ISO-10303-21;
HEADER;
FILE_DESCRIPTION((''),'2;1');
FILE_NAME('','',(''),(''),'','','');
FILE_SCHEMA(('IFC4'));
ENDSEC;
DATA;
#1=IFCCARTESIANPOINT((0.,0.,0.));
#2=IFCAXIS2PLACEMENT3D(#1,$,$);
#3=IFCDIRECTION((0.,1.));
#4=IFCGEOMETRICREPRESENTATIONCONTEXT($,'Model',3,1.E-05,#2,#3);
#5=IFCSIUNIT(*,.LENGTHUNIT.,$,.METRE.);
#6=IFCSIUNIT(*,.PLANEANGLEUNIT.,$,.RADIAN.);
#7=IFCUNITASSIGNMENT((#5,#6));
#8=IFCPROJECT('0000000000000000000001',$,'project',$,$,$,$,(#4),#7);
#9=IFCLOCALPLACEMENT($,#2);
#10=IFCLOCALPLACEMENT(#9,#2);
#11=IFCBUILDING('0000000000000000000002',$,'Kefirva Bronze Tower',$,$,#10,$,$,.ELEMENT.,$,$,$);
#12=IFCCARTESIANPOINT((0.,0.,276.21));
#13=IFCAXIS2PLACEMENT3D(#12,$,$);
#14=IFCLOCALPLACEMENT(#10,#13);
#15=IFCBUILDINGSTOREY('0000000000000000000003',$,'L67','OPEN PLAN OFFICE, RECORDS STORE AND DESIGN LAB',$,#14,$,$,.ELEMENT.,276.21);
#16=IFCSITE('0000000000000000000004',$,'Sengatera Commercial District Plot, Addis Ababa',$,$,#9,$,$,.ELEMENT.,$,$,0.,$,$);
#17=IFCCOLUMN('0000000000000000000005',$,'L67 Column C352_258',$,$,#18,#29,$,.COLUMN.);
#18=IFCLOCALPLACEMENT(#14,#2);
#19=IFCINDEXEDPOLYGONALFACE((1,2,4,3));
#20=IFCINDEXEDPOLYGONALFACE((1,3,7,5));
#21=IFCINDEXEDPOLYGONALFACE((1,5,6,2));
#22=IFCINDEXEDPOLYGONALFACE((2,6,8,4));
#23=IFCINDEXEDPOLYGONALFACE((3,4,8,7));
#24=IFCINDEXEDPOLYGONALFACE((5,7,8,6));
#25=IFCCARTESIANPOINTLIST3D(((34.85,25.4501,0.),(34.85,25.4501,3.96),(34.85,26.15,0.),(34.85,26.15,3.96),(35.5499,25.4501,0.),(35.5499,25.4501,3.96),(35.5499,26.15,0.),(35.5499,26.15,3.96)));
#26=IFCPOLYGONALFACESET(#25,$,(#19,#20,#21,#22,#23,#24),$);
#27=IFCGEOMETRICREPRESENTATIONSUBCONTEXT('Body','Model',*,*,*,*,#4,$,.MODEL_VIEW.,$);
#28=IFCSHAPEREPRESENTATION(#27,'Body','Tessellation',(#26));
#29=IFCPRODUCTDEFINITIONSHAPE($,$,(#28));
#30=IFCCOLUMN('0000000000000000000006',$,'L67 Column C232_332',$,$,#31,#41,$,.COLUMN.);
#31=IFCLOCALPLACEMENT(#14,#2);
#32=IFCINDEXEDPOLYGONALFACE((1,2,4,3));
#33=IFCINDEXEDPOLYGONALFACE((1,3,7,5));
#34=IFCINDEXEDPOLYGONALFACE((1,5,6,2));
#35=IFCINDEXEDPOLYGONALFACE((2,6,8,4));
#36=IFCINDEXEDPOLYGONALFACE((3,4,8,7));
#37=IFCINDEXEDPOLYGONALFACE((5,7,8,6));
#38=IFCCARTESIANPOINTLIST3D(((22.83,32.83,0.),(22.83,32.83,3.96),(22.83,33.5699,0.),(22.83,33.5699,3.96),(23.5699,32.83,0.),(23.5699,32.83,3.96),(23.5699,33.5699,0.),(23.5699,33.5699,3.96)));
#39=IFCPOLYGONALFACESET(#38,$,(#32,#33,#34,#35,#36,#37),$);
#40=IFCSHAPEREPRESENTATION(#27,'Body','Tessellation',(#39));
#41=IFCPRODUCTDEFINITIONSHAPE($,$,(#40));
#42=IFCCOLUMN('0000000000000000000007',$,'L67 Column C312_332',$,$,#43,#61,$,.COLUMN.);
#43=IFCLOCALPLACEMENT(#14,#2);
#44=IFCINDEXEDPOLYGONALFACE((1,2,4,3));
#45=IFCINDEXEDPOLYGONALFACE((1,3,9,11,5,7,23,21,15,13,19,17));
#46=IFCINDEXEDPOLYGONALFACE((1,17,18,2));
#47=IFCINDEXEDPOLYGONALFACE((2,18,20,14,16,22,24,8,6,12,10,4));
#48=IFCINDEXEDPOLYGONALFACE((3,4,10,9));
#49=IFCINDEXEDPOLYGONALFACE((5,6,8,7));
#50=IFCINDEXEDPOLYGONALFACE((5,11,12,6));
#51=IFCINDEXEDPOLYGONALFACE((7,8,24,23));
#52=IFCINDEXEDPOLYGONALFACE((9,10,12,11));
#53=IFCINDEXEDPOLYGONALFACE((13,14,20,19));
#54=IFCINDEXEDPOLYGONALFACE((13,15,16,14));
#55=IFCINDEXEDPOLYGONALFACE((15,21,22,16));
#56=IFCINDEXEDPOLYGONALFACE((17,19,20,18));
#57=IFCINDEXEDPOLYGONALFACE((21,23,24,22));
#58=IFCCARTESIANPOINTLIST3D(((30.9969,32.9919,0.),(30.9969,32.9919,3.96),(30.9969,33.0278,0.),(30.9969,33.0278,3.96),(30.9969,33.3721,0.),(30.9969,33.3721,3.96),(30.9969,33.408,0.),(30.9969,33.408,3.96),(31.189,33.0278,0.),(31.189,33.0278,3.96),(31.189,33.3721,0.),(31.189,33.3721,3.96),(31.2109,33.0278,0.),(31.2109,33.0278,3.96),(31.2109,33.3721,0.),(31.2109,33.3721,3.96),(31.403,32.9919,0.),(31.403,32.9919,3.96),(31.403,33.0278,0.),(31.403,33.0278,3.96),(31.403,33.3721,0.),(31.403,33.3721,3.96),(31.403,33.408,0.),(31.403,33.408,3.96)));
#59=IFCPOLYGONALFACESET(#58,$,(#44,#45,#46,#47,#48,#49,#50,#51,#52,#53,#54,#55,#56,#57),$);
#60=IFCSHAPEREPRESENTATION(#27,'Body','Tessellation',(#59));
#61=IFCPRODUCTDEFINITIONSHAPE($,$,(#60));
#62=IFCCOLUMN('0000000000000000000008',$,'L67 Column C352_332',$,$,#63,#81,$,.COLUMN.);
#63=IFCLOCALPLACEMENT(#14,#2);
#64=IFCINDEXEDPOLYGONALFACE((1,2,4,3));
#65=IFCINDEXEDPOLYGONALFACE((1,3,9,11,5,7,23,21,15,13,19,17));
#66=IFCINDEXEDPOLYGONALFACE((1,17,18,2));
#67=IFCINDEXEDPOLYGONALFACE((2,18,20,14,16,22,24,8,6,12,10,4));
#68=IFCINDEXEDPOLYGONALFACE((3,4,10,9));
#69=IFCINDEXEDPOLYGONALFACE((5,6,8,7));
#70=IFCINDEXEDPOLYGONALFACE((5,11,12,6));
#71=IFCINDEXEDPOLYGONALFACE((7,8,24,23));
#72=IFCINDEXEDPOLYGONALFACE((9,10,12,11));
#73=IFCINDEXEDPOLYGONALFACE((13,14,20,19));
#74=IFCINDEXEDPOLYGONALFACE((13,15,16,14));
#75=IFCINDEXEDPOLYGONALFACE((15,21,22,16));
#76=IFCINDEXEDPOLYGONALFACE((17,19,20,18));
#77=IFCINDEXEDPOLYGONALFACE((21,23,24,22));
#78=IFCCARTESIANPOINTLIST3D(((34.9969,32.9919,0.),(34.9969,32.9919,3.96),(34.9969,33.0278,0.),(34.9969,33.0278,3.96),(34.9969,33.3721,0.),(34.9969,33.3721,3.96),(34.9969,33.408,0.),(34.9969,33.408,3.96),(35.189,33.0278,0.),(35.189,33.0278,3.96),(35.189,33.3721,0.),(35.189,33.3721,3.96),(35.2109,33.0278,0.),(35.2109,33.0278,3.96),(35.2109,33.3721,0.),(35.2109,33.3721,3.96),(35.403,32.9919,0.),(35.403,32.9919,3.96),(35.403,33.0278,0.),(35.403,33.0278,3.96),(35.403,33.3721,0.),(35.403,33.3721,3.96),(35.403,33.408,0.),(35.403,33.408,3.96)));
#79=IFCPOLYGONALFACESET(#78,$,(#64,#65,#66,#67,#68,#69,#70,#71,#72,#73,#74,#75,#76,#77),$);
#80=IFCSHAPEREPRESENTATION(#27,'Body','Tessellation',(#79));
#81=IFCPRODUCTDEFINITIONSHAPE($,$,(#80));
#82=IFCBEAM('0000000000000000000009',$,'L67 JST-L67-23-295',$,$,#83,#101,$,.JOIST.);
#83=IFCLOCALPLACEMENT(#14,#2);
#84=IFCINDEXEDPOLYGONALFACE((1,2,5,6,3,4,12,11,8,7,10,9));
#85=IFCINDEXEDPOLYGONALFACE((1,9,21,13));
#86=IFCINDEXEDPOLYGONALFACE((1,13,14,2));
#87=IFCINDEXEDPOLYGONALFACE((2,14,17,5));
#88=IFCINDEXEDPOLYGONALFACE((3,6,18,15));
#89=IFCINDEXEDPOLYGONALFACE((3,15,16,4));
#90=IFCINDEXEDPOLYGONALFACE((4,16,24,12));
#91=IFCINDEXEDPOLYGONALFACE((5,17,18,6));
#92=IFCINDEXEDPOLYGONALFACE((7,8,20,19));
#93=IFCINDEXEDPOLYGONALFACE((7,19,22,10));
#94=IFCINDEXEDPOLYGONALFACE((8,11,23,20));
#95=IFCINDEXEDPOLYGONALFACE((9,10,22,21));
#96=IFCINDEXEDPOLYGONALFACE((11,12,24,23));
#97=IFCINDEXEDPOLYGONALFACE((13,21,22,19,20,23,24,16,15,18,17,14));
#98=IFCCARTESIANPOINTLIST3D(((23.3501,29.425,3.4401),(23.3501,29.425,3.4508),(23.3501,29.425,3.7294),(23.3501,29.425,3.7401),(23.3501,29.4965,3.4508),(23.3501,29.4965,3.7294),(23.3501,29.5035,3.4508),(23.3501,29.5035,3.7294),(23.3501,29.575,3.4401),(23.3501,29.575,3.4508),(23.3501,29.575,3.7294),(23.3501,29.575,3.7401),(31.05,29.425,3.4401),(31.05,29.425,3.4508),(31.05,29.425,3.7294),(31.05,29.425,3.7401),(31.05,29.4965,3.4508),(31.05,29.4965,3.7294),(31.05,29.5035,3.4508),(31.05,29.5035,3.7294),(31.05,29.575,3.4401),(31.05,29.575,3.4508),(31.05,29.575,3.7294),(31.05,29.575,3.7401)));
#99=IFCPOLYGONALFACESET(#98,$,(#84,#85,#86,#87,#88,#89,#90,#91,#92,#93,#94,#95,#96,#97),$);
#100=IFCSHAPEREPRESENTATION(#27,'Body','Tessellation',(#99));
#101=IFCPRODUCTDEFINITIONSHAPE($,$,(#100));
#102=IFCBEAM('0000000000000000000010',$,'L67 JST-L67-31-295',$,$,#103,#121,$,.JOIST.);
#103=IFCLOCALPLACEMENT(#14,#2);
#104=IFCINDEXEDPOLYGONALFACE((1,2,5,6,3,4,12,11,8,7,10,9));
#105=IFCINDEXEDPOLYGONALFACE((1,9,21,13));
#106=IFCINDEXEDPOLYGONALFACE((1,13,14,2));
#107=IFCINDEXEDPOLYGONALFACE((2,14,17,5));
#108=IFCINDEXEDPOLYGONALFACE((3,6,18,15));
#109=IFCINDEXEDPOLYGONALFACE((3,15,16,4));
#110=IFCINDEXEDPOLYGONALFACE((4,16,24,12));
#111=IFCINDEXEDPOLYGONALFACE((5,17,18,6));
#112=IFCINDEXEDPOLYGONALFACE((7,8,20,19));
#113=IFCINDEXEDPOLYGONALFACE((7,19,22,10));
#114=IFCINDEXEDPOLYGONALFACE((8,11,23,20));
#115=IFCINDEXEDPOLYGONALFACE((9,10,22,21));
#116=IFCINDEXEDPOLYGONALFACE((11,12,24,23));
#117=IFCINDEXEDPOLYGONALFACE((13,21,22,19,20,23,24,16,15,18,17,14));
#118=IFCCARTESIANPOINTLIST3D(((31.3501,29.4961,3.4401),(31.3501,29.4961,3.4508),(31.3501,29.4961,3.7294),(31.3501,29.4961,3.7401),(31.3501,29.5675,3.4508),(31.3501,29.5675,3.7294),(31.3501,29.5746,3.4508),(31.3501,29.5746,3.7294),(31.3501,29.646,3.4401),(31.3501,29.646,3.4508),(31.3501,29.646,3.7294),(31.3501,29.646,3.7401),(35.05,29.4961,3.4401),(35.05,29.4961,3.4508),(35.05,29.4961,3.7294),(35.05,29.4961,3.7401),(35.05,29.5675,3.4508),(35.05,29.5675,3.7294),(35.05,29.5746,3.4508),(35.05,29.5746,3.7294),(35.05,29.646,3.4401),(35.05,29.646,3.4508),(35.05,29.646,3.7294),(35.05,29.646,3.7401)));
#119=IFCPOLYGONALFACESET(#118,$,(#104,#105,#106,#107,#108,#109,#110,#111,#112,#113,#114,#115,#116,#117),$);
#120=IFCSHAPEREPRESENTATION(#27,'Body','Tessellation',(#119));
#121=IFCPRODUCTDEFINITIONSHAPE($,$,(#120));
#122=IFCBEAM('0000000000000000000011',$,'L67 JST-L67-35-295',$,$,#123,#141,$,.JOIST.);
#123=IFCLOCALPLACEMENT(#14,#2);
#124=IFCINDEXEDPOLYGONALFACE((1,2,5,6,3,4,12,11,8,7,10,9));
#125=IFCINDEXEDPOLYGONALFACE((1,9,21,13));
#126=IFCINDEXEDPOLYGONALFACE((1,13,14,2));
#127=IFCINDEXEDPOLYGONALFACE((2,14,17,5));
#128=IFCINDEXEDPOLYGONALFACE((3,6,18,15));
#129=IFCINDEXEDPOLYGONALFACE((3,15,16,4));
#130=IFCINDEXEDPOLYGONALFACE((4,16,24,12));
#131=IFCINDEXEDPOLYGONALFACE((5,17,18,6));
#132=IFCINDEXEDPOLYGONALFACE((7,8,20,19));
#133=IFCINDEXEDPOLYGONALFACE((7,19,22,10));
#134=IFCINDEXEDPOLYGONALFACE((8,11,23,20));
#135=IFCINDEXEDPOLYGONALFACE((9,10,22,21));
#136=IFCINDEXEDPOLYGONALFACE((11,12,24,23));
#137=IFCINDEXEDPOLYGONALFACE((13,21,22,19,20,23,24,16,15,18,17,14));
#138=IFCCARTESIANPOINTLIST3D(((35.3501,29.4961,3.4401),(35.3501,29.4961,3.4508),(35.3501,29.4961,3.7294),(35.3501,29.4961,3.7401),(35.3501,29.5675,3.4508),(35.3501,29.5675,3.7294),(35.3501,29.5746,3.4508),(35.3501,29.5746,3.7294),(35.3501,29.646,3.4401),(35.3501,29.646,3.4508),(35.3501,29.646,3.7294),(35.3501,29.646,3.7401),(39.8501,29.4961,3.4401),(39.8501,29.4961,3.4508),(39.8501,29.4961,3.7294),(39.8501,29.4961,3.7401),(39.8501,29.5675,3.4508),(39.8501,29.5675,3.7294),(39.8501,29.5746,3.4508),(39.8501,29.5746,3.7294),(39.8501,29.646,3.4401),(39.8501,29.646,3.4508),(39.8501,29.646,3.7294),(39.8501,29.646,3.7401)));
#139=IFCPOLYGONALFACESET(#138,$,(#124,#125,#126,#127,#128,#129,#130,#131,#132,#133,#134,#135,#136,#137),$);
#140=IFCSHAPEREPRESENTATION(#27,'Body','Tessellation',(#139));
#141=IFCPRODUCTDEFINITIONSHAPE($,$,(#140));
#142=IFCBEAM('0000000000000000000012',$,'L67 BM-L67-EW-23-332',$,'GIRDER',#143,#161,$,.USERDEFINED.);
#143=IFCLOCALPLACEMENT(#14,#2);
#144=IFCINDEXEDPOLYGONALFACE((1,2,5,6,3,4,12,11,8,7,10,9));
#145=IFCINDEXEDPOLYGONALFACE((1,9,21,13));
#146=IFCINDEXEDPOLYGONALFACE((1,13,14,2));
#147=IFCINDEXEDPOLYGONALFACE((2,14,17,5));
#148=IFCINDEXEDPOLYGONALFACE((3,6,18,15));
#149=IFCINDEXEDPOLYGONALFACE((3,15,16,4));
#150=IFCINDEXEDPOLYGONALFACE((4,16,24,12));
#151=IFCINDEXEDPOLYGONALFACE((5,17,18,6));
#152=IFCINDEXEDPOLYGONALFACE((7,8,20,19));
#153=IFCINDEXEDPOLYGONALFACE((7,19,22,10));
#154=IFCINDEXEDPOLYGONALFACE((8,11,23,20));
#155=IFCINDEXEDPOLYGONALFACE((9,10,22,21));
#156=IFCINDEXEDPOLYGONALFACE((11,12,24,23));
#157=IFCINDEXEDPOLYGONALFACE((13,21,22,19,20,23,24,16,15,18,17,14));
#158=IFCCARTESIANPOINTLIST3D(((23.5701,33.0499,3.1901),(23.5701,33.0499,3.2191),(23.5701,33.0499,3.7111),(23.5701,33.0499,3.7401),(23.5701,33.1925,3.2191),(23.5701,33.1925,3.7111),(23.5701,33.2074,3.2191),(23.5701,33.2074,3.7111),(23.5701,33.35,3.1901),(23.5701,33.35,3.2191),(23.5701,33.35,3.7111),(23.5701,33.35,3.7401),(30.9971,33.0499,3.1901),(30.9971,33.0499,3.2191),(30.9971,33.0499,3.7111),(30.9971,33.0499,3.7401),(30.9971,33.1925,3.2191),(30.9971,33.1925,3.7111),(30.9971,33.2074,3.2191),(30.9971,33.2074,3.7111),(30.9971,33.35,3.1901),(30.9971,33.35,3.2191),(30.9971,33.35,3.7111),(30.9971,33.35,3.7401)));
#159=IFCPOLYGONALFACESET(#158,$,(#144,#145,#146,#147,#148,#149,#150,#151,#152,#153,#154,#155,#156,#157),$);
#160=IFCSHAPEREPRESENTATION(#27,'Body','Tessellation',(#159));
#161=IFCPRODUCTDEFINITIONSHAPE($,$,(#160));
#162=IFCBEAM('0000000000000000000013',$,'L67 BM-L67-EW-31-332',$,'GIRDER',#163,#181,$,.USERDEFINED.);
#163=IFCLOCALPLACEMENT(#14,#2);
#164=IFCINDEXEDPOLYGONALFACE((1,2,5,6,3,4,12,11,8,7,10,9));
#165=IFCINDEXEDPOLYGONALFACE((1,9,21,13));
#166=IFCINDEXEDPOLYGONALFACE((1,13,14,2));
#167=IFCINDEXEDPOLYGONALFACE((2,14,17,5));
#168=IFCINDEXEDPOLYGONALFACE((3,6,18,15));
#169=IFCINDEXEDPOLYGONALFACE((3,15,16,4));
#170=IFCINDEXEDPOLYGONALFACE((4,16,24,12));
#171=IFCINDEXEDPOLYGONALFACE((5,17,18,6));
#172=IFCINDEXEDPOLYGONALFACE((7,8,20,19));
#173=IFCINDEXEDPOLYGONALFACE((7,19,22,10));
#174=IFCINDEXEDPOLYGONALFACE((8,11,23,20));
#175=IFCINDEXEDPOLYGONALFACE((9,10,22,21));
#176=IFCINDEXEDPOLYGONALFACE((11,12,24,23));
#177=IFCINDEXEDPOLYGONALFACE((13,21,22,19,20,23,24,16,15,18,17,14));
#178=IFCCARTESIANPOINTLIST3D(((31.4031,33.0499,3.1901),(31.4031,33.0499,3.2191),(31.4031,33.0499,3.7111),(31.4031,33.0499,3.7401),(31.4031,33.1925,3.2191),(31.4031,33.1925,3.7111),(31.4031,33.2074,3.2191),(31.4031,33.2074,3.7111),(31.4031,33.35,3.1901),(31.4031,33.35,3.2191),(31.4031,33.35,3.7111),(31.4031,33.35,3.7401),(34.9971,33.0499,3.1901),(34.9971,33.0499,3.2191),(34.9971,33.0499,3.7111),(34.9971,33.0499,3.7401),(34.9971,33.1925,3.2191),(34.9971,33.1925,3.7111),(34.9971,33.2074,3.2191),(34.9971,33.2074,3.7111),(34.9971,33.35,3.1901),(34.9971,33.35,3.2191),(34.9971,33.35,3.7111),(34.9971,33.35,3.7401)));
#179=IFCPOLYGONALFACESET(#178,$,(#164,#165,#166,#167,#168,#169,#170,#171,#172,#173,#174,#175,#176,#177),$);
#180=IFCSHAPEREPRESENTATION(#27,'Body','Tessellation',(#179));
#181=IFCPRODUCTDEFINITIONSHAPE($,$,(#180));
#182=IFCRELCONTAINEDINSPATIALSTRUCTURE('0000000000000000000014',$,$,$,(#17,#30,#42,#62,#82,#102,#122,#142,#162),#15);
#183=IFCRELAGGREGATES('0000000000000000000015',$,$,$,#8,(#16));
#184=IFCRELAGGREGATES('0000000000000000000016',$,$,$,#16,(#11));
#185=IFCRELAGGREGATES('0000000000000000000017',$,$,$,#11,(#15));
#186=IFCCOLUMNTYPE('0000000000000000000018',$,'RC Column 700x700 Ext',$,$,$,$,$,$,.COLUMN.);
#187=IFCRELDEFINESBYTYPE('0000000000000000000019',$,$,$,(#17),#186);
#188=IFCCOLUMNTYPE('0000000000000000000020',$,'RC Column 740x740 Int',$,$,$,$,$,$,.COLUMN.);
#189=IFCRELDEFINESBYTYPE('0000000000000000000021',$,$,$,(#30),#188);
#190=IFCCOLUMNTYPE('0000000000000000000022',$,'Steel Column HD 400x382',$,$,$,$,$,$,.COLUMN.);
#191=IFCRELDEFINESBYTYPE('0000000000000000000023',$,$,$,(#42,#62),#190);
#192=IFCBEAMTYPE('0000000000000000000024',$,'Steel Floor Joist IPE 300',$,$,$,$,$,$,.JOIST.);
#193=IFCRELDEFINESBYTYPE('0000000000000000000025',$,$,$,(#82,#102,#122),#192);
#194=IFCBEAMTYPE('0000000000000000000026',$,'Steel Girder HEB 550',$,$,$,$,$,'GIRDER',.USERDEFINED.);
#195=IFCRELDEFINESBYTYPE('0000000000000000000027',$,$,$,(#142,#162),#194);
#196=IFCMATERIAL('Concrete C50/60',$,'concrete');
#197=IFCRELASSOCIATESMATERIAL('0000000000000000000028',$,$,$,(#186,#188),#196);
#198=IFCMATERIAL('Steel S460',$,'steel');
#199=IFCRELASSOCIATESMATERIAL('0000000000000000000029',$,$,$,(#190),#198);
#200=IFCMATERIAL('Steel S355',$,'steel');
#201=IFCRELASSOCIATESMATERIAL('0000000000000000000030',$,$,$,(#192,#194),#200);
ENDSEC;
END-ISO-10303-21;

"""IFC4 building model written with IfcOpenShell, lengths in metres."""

from ifc_helpers import new_model, si_unit, direction, frame, origin, origin_2d, place, context, subcontext, project, spatial, rectangle, i_section, extrude, material, material_profile, profile_set, type_object, element, save


model = new_model("IFC4")

# Units and contexts
model_context = context("Model", 3, precision=1e-05, world=origin(), true_north=direction((0.0, 1.0)))
body_context = subcontext(model_context, "Body", "Model", "MODEL_VIEW")
ifc_project = project(units=[si_unit("LENGTHUNIT", "METRE"), si_unit("PLANEANGLEUNIT", "RADIAN")], contexts=[model_context])

# Site, building, storey
site_placement = place(None, origin())
site = spatial("IfcSite", under=ifc_project, at=site_placement, Name="Sengatera Commercial District Plot, Addis Ababa", CompositionType="ELEMENT", RefElevation=0.0)
building_placement = place(site_placement, origin())
building = spatial("IfcBuilding", under=site, at=building_placement, Name="Kefirva Bronze Tower", CompositionType="ELEMENT")
storey_placement = place(building_placement, frame((0.0, 0.0, 276.21)))
storey = spatial("IfcBuildingStorey", under=building, at=storey_placement, Name="L67", Description="OPEN PLAN OFFICE, RECORDS STORE AND DESIGN LAB", CompositionType="ELEMENT", Elevation=276.21)

# Columns
ifc_material_1 = material(Name="Concrete C50/60", Category="concrete")
ifc_material_profile_1 = material_profile(ifc_material_1, rectangle(XDim=0.7, YDim=0.7, at=origin_2d()), Name="RC 700x700")
ifc_profile_set_1 = profile_set([ifc_material_profile_1], Name="Concrete C50/60")
column_type_1 = type_object("IfcColumnType", Name="RC Column 700x700 Ext", PredefinedType="COLUMN", material=ifc_profile_set_1)
column_1_placement = place(storey_placement, frame((35.2, 25.8, 0.0), z_axis=(0.0, 0.0, 1.0), x_axis=(1.0, 0.0, 0.0)))
element("IfcColumn", 1, at=column_1_placement, inside=storey, type_object=column_type_1, Name="L67 Column C352_258", PredefinedType="COLUMN", context=body_context, shape_type="SweptSolid", body=[
    extrude(rectangle(XDim=0.7, YDim=0.7, at=origin_2d()), origin(), (0.0, 0.0, 1.0), 3.96),
])
ifc_material_profile_2 = material_profile(ifc_material_1, rectangle(XDim=0.74, YDim=0.74, at=origin_2d()), Name="RC 740x740")
ifc_profile_set_2 = profile_set([ifc_material_profile_2], Name="Concrete C50/60")
column_type_2 = type_object("IfcColumnType", Name="RC Column 740x740 Int", PredefinedType="COLUMN", material=ifc_profile_set_2)
column_2_placement = place(storey_placement, frame((23.2, 33.2, 0.0), z_axis=(0.0, 0.0, 1.0), x_axis=(1.0, 0.0, 0.0)))
element("IfcColumn", 2, at=column_2_placement, inside=storey, type_object=column_type_2, Name="L67 Column C232_332", PredefinedType="COLUMN", context=body_context, shape_type="SweptSolid", body=[
    extrude(rectangle(XDim=0.74, YDim=0.74, at=origin_2d()), origin(), (0.0, 0.0, 1.0), 3.96),
])
ifc_material_2 = material(Name="Steel S460", Category="steel")
ifc_material_profile_3 = material_profile(ifc_material_2, i_section(OverallWidth=0.406, OverallDepth=0.416, WebThickness=0.022, FlangeThickness=0.0359, at=origin_2d()), Name="HD 400x382")
ifc_profile_set_3 = profile_set([ifc_material_profile_3], Name="Steel S460")
column_type_3 = type_object("IfcColumnType", Name="Steel Column HD 400x382", PredefinedType="COLUMN", material=ifc_profile_set_3)
for number, where, z_axis, x_axis, name in (
    (3, (31.2, 33.2, 0.0), (0.0, 0.0, 1.0), (1.0, 0.0, 0.0), "L67 Column C312_332"),
    (4, (35.2, 33.2, 0.0), (0.0, 0.0, 1.0), (1.0, 0.0, 0.0), "L67 Column C352_332"),
):
    element("IfcColumn", number, at=place(storey_placement, frame(where, z_axis=z_axis, x_axis=x_axis)), inside=storey, type_object=column_type_3, Name=name, PredefinedType="COLUMN", context=body_context, shape_type="SweptSolid", body=[
        extrude(i_section(OverallWidth=0.406, OverallDepth=0.416, WebThickness=0.022, FlangeThickness=0.0359, at=origin_2d()), origin(), (0.0, 0.0, 1.0), 3.96),
    ])

# Beams
ifc_material_3 = material(Name="Steel S355", Category="steel")
ifc_material_profile_4 = material_profile(ifc_material_3, i_section(OverallWidth=0.1499, OverallDepth=0.3, WebThickness=0.0071, FlangeThickness=0.0107, at=origin_2d()), Name="IPE 300")
ifc_profile_set_4 = profile_set([ifc_material_profile_4], Name="Steel S355")
beam_type_1 = type_object("IfcBeamType", Name="Steel Floor Joist IPE 300", PredefinedType="JOIST", material=ifc_profile_set_4)
beam_1_placement = place(storey_placement, frame((23.3501, 29.5, 3.5901), z_axis=(1.0, 0.0, 0.0), x_axis=(0.0, 1.0, 0.0)))
element("IfcBeam", 5, at=beam_1_placement, inside=storey, type_object=beam_type_1, Name="L67 JST-L67-23-295", PredefinedType="JOIST", context=body_context, shape_type="SweptSolid", body=[
    extrude(i_section(OverallWidth=0.1499, OverallDepth=0.3, WebThickness=0.0071, FlangeThickness=0.0107, at=origin_2d()), origin(), (0.0, 0.0, 1.0), 7.7),
])
beam_2_placement = place(storey_placement, frame((31.3501, 29.571, 3.5901), z_axis=(1.0, 0.0, 0.0), x_axis=(0.0, 1.0, 0.0)))
element("IfcBeam", 6, at=beam_2_placement, inside=storey, type_object=beam_type_1, Name="L67 JST-L67-31-295", PredefinedType="JOIST", context=body_context, shape_type="SweptSolid", body=[
    extrude(i_section(OverallWidth=0.1499, OverallDepth=0.3, WebThickness=0.0071, FlangeThickness=0.0107, at=origin_2d()), origin(), (0.0, 0.0, 1.0), 3.7),
])
beam_3_placement = place(storey_placement, frame((35.3501, 29.571, 3.5901), z_axis=(1.0, 0.0, 0.0), x_axis=(0.0, 1.0, 0.0)))
element("IfcBeam", 7, at=beam_3_placement, inside=storey, type_object=beam_type_1, Name="L67 JST-L67-35-295", PredefinedType="JOIST", context=body_context, shape_type="SweptSolid", body=[
    extrude(i_section(OverallWidth=0.1499, OverallDepth=0.3, WebThickness=0.0071, FlangeThickness=0.0107, at=origin_2d()), origin(), (0.0, 0.0, 1.0), 4.5),
])
ifc_material_profile_5 = material_profile(ifc_material_3, i_section(OverallWidth=0.3, OverallDepth=0.55, WebThickness=0.0149, FlangeThickness=0.0291, at=origin_2d()), Name="HEB 550")
ifc_profile_set_5 = profile_set([ifc_material_profile_5], Name="Steel S355")
beam_type_2 = type_object("IfcBeamType", Name="Steel Girder HEB 550", ElementType="GIRDER", PredefinedType="USERDEFINED", material=ifc_profile_set_5)
beam_4_placement = place(storey_placement, frame((23.5701, 33.2, 3.4651), z_axis=(1.0, 0.0, 0.0), x_axis=(0.0, 1.0, 0.0)))
element("IfcBeam", 8, at=beam_4_placement, inside=storey, type_object=beam_type_2, Name="L67 BM-L67-EW-23-332", ObjectType="GIRDER", PredefinedType="USERDEFINED", context=body_context, shape_type="SweptSolid", body=[
    extrude(i_section(OverallWidth=0.3, OverallDepth=0.55, WebThickness=0.0149, FlangeThickness=0.0291, at=origin_2d()), origin(), (0.0, 0.0, 1.0), 7.427),
])
beam_5_placement = place(storey_placement, frame((31.4031, 33.2, 3.4651), z_axis=(1.0, 0.0, 0.0), x_axis=(0.0, 1.0, 0.0)))
element("IfcBeam", 9, at=beam_5_placement, inside=storey, type_object=beam_type_2, Name="L67 BM-L67-EW-31-332", ObjectType="GIRDER", PredefinedType="USERDEFINED", context=body_context, shape_type="SweptSolid", body=[
    extrude(i_section(OverallWidth=0.3, OverallDepth=0.55, WebThickness=0.0149, FlangeThickness=0.0291, at=origin_2d()), origin(), (0.0, 0.0, 1.0), 3.594),
])

save(model, "model.ifc")
